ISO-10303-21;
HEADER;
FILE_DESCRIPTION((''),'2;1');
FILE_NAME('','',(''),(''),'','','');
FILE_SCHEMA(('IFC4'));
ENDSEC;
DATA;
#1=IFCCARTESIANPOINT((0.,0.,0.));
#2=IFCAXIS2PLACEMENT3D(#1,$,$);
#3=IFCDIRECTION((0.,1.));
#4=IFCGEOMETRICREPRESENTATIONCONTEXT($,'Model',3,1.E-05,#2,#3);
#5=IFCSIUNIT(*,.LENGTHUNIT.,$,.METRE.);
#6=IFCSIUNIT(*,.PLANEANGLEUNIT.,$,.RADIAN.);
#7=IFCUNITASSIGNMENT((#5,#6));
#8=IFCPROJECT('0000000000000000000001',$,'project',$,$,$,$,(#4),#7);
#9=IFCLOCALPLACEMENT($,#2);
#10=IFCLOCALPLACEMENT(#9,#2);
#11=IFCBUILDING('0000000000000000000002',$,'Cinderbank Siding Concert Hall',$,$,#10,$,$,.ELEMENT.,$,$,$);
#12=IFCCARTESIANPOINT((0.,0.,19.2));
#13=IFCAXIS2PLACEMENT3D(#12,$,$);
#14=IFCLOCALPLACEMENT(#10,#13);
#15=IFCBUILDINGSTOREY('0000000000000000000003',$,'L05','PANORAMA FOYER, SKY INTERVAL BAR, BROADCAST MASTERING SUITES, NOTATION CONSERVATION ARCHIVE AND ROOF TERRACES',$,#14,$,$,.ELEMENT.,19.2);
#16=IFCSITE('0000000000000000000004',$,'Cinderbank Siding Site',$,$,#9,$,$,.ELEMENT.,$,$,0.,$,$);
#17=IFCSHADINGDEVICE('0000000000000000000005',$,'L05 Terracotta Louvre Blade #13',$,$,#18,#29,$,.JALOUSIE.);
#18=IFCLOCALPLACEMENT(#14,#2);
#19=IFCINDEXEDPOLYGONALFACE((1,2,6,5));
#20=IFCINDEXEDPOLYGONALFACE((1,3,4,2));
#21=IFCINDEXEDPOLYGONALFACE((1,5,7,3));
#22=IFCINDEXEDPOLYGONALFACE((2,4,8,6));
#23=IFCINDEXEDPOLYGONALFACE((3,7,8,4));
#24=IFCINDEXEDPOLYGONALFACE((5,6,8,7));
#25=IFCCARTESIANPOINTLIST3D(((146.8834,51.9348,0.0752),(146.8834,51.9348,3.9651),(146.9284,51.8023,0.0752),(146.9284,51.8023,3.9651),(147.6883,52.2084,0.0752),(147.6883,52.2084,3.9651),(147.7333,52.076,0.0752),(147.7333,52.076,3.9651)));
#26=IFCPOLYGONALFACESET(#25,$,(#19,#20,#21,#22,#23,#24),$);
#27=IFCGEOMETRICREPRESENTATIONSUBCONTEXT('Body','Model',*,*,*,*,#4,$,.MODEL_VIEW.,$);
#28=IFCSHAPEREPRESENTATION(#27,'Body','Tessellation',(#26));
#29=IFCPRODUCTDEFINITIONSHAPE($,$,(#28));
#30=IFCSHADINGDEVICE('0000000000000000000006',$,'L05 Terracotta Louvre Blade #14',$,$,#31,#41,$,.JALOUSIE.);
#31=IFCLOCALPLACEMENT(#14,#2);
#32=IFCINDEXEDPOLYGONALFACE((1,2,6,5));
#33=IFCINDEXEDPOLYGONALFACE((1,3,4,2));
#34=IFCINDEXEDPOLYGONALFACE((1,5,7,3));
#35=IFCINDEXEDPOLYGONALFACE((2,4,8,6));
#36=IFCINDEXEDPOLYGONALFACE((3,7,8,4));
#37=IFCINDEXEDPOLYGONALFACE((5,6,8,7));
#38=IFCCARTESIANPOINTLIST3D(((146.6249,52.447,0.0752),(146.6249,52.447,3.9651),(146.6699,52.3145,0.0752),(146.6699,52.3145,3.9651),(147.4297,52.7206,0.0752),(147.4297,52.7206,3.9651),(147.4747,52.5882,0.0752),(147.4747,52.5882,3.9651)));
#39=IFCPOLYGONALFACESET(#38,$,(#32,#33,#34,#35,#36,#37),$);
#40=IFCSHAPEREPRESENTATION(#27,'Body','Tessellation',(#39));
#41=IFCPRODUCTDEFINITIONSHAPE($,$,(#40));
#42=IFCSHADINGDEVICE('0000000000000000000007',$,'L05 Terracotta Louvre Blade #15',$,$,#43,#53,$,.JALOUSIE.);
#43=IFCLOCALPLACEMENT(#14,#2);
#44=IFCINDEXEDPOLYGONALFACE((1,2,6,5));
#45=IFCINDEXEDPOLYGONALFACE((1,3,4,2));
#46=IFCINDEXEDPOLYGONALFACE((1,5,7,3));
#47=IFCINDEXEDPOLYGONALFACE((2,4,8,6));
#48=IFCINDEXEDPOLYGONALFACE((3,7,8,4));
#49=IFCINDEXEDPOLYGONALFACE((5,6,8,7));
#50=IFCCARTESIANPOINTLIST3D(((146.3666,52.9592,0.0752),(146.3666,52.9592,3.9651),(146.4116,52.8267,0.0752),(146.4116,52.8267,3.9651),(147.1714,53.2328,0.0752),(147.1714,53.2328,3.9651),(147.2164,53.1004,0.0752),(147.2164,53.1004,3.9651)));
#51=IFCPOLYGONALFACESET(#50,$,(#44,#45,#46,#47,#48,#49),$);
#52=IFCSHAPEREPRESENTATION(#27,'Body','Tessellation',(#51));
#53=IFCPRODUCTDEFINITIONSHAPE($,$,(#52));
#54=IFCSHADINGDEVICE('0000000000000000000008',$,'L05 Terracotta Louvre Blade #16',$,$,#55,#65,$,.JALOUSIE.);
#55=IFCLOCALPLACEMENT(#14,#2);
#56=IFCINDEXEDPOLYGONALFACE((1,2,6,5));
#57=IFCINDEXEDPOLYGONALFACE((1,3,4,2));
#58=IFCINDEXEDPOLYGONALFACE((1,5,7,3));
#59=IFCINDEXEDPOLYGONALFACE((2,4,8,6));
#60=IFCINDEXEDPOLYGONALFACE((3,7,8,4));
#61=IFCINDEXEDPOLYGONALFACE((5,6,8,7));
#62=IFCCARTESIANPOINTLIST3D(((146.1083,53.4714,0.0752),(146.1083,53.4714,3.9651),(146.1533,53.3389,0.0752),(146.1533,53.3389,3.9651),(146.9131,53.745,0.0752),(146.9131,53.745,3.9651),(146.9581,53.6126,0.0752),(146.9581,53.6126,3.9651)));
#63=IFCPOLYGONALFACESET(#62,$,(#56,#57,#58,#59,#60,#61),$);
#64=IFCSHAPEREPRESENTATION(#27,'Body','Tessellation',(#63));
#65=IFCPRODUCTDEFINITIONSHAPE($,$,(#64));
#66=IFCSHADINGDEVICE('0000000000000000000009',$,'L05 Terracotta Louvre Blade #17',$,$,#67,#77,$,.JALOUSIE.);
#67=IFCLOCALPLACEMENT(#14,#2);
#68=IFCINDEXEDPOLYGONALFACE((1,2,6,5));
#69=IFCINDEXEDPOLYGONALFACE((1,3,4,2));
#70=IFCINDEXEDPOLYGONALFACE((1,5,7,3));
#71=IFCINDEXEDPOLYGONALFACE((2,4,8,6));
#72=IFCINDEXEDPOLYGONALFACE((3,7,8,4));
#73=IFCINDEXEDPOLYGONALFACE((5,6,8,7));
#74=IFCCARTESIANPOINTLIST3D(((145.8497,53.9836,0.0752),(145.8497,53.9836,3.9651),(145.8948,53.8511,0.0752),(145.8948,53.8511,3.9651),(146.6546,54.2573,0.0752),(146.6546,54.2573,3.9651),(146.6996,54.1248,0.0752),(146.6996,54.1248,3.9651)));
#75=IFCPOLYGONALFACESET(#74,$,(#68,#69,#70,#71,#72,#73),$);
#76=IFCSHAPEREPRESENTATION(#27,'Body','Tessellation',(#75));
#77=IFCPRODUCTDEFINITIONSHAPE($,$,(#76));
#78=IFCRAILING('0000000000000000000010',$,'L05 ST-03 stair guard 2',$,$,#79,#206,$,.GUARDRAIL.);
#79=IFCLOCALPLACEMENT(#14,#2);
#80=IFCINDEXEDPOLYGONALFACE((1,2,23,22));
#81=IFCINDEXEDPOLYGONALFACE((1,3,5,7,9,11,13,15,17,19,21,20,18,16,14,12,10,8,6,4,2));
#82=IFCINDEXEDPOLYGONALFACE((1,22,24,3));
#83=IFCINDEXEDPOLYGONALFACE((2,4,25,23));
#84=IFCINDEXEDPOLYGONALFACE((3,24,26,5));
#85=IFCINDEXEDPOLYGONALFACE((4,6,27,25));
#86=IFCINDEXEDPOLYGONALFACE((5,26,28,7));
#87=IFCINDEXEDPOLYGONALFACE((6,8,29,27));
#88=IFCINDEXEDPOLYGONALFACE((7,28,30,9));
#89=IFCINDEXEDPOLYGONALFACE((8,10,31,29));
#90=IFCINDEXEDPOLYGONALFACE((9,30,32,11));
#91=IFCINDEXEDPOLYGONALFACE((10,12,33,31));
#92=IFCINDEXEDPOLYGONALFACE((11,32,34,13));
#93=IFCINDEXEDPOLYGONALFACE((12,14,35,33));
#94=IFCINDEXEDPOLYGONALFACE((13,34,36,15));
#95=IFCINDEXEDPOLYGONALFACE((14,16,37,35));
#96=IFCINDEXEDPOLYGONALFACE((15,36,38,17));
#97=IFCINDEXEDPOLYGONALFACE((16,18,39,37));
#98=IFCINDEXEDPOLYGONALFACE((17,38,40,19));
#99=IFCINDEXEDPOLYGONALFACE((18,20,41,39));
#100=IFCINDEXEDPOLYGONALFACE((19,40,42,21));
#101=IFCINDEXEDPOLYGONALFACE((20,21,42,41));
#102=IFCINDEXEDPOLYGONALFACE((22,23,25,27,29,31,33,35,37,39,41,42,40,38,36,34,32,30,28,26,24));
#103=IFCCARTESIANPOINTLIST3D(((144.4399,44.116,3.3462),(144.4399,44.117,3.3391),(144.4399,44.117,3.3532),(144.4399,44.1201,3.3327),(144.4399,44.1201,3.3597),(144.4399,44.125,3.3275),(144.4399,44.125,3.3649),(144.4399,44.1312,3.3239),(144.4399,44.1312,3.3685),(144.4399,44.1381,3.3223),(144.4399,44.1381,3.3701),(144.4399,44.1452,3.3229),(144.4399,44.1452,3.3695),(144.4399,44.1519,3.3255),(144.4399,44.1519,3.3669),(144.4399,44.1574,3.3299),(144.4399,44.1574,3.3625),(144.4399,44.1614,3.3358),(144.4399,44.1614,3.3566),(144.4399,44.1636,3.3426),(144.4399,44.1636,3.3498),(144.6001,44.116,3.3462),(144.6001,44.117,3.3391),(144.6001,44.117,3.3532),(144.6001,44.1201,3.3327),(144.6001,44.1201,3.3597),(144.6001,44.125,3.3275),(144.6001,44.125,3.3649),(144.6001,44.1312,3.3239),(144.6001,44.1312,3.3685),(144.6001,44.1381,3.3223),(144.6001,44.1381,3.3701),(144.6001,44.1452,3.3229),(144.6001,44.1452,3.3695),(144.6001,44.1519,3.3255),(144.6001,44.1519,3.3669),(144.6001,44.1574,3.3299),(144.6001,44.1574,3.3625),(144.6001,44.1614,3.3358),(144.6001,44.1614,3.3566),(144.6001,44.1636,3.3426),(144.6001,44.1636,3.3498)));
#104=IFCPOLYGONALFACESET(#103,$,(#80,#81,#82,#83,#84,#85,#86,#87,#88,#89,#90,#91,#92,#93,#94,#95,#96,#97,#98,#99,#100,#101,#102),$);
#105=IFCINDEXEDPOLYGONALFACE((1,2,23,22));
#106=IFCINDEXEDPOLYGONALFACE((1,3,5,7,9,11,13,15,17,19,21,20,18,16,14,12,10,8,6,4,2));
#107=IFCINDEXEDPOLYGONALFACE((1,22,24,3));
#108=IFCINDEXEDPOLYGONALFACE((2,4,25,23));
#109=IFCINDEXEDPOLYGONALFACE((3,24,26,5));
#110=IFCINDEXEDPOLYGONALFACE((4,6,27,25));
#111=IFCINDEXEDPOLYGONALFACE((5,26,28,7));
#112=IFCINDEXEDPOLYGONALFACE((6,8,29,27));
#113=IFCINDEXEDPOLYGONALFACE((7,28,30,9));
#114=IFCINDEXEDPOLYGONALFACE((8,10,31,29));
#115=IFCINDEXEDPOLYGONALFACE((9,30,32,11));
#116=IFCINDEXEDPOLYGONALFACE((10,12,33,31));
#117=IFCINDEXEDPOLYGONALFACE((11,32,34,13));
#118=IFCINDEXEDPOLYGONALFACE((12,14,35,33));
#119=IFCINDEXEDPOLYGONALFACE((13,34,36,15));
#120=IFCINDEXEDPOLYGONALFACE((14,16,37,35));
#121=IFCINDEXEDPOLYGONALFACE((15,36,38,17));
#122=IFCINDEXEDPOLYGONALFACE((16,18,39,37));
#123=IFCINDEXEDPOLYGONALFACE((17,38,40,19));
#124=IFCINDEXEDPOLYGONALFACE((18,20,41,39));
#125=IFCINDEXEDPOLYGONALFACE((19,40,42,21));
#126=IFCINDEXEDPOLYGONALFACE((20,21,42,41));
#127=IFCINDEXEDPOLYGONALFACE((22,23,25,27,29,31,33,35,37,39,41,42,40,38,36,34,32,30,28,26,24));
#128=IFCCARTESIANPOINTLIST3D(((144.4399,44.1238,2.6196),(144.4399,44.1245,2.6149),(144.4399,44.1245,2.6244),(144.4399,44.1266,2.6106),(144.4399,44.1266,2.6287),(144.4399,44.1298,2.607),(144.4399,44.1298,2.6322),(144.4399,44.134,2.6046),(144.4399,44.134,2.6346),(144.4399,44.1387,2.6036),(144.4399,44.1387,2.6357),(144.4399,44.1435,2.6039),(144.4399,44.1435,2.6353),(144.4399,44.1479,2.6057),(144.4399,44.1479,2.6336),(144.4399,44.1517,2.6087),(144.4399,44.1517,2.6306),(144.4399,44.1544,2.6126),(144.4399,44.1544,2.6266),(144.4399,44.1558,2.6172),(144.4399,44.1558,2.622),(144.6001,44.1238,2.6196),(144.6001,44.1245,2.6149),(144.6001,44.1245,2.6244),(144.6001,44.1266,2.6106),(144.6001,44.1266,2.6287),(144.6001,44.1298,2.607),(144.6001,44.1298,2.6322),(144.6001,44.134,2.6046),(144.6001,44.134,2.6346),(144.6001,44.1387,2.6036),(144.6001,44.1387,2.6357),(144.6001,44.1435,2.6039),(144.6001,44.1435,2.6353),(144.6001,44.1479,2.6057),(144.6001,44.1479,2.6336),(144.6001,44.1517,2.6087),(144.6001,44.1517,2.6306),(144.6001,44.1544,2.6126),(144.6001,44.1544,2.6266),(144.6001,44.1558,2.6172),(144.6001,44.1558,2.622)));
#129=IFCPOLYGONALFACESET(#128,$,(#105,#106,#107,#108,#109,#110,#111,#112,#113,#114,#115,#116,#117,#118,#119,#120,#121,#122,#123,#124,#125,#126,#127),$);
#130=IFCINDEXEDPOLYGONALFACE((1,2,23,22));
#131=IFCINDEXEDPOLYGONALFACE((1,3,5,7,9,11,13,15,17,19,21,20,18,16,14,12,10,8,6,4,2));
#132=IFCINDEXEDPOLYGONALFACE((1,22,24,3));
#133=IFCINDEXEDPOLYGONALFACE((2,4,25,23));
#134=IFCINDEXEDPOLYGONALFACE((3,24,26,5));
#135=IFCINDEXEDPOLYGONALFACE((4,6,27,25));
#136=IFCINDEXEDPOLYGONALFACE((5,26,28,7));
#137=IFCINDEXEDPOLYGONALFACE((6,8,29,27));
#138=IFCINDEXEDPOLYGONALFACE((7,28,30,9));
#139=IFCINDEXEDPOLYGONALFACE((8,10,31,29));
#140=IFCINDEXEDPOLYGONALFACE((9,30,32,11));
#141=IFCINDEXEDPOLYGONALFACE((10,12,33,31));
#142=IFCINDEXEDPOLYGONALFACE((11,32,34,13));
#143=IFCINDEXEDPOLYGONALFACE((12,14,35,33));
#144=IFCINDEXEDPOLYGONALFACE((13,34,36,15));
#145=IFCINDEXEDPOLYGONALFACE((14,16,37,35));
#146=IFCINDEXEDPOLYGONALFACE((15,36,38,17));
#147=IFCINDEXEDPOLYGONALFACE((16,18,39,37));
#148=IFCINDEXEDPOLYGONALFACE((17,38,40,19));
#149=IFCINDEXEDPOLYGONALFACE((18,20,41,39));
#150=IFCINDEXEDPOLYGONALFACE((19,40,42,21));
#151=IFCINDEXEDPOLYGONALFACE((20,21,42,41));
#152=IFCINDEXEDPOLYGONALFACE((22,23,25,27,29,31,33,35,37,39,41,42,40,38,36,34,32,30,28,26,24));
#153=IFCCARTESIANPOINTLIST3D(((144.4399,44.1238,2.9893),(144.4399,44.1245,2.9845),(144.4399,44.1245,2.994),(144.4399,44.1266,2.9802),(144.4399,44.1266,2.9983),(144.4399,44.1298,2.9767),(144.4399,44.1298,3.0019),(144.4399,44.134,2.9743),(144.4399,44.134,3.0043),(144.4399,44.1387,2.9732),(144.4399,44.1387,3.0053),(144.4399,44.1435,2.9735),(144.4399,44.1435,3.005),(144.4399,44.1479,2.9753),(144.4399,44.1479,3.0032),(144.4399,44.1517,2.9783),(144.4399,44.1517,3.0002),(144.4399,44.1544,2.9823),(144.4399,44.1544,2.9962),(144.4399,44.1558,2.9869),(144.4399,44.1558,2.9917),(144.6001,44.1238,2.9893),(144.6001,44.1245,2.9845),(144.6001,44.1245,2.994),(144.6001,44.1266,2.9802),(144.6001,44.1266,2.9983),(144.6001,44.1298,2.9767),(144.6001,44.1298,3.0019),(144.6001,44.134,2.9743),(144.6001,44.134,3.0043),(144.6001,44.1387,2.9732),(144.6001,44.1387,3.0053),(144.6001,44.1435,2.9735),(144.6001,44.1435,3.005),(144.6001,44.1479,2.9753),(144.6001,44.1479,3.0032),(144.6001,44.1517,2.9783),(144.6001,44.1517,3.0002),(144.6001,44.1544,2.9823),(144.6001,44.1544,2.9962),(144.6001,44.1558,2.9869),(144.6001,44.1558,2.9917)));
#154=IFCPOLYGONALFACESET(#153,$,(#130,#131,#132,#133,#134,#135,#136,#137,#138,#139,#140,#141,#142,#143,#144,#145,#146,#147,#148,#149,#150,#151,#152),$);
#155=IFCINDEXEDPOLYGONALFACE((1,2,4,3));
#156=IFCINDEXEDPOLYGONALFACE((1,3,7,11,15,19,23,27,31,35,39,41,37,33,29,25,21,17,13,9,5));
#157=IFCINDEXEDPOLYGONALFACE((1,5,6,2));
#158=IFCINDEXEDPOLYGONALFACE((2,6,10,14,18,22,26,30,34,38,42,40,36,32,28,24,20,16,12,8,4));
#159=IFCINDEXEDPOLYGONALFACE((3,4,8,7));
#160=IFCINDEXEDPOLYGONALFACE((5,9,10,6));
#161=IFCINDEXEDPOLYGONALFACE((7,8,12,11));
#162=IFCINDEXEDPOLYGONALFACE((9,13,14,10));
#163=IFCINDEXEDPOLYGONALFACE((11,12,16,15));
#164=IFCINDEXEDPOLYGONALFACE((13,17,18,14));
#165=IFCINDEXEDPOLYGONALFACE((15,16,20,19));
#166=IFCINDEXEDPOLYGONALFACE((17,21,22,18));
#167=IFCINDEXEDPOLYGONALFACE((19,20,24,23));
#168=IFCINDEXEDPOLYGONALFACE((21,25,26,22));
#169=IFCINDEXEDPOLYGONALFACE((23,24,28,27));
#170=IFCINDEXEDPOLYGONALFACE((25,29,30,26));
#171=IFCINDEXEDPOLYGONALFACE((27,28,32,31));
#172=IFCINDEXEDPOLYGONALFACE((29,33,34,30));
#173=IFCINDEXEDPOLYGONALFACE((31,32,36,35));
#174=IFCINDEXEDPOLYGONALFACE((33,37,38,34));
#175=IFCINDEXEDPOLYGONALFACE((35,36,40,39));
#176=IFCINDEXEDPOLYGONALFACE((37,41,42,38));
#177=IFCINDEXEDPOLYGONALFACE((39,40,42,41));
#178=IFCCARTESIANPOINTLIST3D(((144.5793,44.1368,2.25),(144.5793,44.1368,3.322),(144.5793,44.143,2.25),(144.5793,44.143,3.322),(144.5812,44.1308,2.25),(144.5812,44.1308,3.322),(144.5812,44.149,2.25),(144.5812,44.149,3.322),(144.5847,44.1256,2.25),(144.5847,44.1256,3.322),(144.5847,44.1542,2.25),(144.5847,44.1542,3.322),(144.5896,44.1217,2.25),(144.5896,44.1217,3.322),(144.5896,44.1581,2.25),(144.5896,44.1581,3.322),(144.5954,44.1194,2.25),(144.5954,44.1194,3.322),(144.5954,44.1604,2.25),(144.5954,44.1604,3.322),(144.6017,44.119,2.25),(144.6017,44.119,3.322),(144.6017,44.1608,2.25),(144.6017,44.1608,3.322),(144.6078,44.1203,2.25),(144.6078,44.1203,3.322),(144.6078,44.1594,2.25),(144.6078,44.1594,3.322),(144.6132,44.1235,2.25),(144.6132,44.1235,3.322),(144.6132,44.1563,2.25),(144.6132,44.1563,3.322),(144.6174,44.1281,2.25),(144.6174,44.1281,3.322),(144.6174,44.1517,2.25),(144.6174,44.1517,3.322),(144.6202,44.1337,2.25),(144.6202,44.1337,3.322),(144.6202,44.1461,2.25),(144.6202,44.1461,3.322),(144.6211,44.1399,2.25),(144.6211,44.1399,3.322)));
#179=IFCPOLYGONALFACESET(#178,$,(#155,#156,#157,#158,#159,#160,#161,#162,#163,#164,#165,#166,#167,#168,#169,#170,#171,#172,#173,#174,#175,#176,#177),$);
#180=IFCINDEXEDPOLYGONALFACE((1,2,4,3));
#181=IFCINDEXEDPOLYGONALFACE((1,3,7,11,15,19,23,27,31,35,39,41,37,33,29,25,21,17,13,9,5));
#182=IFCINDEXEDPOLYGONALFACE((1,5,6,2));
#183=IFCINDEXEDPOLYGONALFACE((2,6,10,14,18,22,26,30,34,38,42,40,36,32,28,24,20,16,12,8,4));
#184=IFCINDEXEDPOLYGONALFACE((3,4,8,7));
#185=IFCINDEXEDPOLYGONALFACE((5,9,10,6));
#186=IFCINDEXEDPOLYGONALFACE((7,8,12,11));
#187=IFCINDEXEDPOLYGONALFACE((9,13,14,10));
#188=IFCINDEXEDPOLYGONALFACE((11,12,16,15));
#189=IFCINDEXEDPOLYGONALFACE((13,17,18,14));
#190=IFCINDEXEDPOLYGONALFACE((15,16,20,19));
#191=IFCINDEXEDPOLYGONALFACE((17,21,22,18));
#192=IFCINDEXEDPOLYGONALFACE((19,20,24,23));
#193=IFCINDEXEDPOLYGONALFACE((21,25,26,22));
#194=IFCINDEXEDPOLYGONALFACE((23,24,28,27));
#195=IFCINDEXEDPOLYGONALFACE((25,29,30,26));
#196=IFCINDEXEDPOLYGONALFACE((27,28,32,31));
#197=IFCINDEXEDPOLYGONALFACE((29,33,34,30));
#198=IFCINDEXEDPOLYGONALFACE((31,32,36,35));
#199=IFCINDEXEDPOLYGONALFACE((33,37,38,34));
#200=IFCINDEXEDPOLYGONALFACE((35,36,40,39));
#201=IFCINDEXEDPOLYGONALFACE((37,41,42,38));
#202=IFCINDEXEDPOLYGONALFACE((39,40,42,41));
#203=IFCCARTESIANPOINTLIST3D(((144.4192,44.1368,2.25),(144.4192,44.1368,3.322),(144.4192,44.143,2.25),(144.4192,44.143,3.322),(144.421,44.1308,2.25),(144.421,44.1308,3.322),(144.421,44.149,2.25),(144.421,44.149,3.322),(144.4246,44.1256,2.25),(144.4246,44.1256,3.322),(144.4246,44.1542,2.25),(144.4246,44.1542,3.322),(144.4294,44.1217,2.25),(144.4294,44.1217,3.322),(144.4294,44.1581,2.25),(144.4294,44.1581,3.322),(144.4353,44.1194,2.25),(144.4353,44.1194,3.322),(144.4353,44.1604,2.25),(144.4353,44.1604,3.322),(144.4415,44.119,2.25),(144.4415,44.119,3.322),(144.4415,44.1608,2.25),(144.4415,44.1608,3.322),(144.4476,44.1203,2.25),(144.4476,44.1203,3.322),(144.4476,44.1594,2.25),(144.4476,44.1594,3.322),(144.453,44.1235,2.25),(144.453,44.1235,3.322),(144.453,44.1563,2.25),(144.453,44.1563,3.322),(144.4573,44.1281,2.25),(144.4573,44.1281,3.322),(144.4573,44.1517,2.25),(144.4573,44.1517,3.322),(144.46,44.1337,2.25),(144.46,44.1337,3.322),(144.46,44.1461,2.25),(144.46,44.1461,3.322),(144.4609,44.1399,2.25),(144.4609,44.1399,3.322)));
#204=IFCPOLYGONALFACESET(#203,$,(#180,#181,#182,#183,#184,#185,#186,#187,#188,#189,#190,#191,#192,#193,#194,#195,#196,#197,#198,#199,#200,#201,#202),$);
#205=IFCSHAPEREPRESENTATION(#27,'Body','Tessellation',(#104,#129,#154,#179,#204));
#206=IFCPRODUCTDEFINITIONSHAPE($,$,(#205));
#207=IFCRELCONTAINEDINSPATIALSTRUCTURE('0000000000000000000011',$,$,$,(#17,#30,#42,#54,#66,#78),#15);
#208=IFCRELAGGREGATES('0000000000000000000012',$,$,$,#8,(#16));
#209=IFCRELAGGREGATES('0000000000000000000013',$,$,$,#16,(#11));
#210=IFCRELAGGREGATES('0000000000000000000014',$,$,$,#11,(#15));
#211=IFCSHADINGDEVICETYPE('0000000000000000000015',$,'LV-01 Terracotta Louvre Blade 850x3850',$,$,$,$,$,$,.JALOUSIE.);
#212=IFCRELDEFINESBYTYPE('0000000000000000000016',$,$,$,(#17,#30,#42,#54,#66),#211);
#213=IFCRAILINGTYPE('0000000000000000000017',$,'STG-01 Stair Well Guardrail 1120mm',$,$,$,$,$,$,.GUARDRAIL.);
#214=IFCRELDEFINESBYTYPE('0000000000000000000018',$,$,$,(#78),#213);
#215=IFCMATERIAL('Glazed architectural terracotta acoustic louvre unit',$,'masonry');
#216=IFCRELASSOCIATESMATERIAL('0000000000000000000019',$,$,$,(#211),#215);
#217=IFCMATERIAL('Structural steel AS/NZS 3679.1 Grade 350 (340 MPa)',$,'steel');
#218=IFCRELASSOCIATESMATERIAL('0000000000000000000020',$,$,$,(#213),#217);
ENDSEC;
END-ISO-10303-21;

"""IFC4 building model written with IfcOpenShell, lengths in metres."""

from ifc_helpers import new_model, si_unit, direction, frame, origin, origin_2d, place, context, subcontext, project, spatial, rectangle, circle, extrude, material, type_object, element, save


model = new_model("IFC4")

# Units and contexts
model_context = context("Model", 3, precision=1e-05, world=origin(), true_north=direction((0.0, 1.0)))
body_context = subcontext(model_context, "Body", "Model", "MODEL_VIEW")
ifc_project = project(units=[si_unit("LENGTHUNIT", "METRE"), si_unit("PLANEANGLEUNIT", "RADIAN")], contexts=[model_context])

# Site, building, storey
site_placement = place(None, origin())
site = spatial("IfcSite", under=ifc_project, at=site_placement, Name="Cinderbank Siding Site", CompositionType="ELEMENT", RefElevation=0.0)
building_placement = place(site_placement, origin())
building = spatial("IfcBuilding", under=site, at=building_placement, Name="Cinderbank Siding Concert Hall", CompositionType="ELEMENT")
storey_placement = place(building_placement, frame((0.0, 0.0, 19.2)))
storey = spatial("IfcBuildingStorey", under=building, at=storey_placement, Name="L05", Description="PANORAMA FOYER, SKY INTERVAL BAR, BROADCAST MASTERING SUITES, NOTATION CONSERVATION ARCHIVE AND ROOF TERRACES", CompositionType="ELEMENT", Elevation=19.2)

# Shared definitions
ifc_material_1 = material(Name="Structural steel AS/NZS 3679.1 Grade 350 (340 MPa)", Category="steel")

# Shading devices
ifc_material_2 = material(Name="Glazed architectural terracotta acoustic louvre unit", Category="masonry")
shading_device_type = type_object("IfcShadingDeviceType", Name="LV-01 Terracotta Louvre Blade 850x3850", PredefinedType="JALOUSIE", material=ifc_material_2)
for number, where, z_axis, x_axis, name in (
    (1, (147.3083, 52.0054, 0.0752), (0.0, 0.0, 1.0), (0.946765, 0.321924, 0.0), "L05 Terracotta Louvre Blade #13"),
    (2, (147.0498, 52.5176, 0.0752), (0.0, 0.0, 1.0), (0.946765, 0.321924, 0.0), "L05 Terracotta Louvre Blade #14"),
    (3, (146.7915, 53.0298, 0.0752), (0.0, 0.0, 1.0), (0.946765, 0.321924, 0.0), "L05 Terracotta Louvre Blade #15"),
    (4, (146.5332, 53.542, 0.0752), (0.0, 0.0, 1.0), (0.946765, 0.321924, 0.0), "L05 Terracotta Louvre Blade #16"),
    (5, (146.2747, 54.0542, 0.0752), (0.0, 0.0, 1.0), (0.946765, 0.321924, 0.0), "L05 Terracotta Louvre Blade #17"),
):
    element("IfcShadingDevice", number, at=place(storey_placement, frame(where, z_axis=z_axis, x_axis=x_axis)), inside=storey, type_object=shading_device_type, Name=name, PredefinedType="JALOUSIE", context=body_context, shape_type="SweptSolid", body=[
        extrude(rectangle(XDim=0.8501, YDim=0.1399, at=origin_2d()), origin(), (0.0, 0.0, 1.0), 3.8899),
    ])

# Railing
railing_type_1 = type_object("IfcRailingType", Name="STG-01 Stair Well Guardrail 1120mm", PredefinedType="GUARDRAIL", material=ifc_material_1)
railing_1_placement = place(storey_placement, frame((144.6001, 44.1399, 2.25)))
element("IfcRailing", 6, at=railing_1_placement, inside=storey, type_object=railing_type_1, Name="L05 ST-03 stair guard 2", PredefinedType="GUARDRAIL", context=body_context, shape_type="SweptSolid", body=[
    extrude(circle(Radius=0.0239, at=origin_2d()), frame((0.0, 0.0, 1.0962), z_axis=(-1.0, 0.0, 0.0), x_axis=(0.0, -1.0, 0.0)), (0.0, 0.0, 1.0), 0.1602),
    extrude(circle(Radius=0.0161, at=origin_2d()), frame((0.0, 0.0, 0.3696), z_axis=(-1.0, 0.0, 0.0), x_axis=(0.0, -1.0, 0.0)), (0.0, 0.0, 1.0), 0.1602),
    extrude(circle(Radius=0.0161, at=origin_2d()), frame((0.0, 0.0, 0.7393), z_axis=(-1.0, 0.0, 0.0), x_axis=(0.0, -1.0, 0.0)), (0.0, 0.0, 1.0), 0.1602),
    extrude(circle(Radius=0.021, at=origin_2d()), origin(), (0.0, 0.0, 1.0), 1.072),
    extrude(circle(Radius=0.021, at=origin_2d()), frame((-0.1602, 0.0, 0.0)), (0.0, 0.0, 1.0), 1.072),
])

save(model, "model.ifc")
